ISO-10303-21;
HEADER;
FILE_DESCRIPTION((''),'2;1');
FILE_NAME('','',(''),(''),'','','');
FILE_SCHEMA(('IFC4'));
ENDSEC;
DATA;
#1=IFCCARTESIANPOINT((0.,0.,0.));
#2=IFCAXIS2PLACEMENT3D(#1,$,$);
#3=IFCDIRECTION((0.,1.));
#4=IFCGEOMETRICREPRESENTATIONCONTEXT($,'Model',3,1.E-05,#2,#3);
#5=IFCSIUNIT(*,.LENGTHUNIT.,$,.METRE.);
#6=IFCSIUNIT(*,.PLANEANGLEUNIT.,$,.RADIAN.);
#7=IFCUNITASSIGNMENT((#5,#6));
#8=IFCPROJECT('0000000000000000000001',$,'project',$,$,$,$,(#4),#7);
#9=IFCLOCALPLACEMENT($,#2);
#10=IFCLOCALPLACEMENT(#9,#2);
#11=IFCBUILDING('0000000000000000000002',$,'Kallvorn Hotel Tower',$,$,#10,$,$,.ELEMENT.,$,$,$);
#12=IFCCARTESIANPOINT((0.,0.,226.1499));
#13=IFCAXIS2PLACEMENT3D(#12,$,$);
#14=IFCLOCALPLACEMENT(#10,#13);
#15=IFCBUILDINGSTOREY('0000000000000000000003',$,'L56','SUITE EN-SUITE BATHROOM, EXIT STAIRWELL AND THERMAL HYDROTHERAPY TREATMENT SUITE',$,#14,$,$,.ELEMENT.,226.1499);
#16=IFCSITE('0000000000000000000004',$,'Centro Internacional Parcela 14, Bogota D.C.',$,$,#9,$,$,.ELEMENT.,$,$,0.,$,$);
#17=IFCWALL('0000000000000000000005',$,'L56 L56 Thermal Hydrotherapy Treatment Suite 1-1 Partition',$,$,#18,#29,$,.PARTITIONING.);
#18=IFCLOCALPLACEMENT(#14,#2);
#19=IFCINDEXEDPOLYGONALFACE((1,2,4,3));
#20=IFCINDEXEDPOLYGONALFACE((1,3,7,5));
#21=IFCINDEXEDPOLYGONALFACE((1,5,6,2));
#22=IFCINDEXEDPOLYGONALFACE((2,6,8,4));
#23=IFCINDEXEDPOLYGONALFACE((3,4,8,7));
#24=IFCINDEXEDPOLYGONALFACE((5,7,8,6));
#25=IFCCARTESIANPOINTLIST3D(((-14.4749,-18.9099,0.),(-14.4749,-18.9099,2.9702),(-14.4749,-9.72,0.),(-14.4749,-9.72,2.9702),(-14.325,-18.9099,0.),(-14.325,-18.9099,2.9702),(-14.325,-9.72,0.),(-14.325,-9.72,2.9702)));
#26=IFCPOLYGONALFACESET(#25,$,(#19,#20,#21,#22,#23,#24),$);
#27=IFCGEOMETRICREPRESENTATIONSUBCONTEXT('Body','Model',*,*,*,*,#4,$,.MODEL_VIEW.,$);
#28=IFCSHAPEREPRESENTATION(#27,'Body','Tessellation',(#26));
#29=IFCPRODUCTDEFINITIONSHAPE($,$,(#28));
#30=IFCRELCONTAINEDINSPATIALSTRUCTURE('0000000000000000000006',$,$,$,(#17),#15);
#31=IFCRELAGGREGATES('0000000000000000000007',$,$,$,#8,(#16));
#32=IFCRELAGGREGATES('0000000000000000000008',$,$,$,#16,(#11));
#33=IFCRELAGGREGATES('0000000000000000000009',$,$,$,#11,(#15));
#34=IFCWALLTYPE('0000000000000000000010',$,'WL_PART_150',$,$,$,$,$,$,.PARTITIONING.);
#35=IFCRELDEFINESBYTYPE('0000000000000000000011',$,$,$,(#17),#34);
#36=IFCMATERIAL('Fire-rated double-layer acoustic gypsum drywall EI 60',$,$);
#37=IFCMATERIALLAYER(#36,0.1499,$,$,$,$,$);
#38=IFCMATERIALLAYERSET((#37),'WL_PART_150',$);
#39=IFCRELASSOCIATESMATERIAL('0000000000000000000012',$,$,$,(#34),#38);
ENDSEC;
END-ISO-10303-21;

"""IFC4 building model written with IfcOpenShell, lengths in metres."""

from ifc_helpers import new_model, si_unit, direction, frame, frame_2d, origin, place, context, subcontext, project, spatial, rectangle, extrude, material, layer, layer_set, type_object, element, save


model = new_model("IFC4")

# Units and contexts
model_context = context("Model", 3, precision=1e-05, world=origin(), true_north=direction((0.0, 1.0)))
body_context = subcontext(model_context, "Body", "Model", "MODEL_VIEW")
ifc_project = project(units=[si_unit("LENGTHUNIT", "METRE"), si_unit("PLANEANGLEUNIT", "RADIAN")], contexts=[model_context])

# Site, building, storey
site_placement = place(None, origin())
site = spatial("IfcSite", under=ifc_project, at=site_placement, Name="Centro Internacional Parcela 14, Bogota D.C.", CompositionType="ELEMENT", RefElevation=0.0)
building_placement = place(site_placement, origin())
building = spatial("IfcBuilding", under=site, at=building_placement, Name="Kallvorn Hotel Tower", CompositionType="ELEMENT")
storey_placement = place(building_placement, frame((0.0, 0.0, 226.1499)))
storey = spatial("IfcBuildingStorey", under=building, at=storey_placement, Name="L56", Description="SUITE EN-SUITE BATHROOM, EXIT STAIRWELL AND THERMAL HYDROTHERAPY TREATMENT SUITE", CompositionType="ELEMENT", Elevation=226.1499)

# Shared definitions
ifc_material_1 = material(Name="Fire-rated double-layer acoustic gypsum drywall EI 60")
ifc_layer_1 = layer(ifc_material_1, 0.1499)
ifc_layer_set_1 = layer_set([ifc_layer_1], Name="WL_PART_150")
wall_type_1 = type_object("IfcWallType", Name="WL_PART_150", PredefinedType="PARTITIONING", material=ifc_layer_set_1)

# Wall
for number, where, z_axis, x_axis, name in (
    (1, (-14.3999, -18.9099, 0.0), (0.0, 0.0, 1.0), (0.0, 1.0, 0.0), "L56 L56 Thermal Hydrotherapy Treatment Suite 1-1 Partition"),
):
    element("IfcWall", number, at=place(storey_placement, frame(where, z_axis=z_axis, x_axis=x_axis)), inside=storey, type_object=wall_type_1, Name=name, PredefinedType="PARTITIONING", context=body_context, shape_type="SweptSolid", body=[
        extrude(rectangle(XDim=9.1899, YDim=0.1499, at=frame_2d((4.595, 0.0))), origin(), (0.0, 0.0, 1.0), 2.9702),
    ])

save(model, "model.ifc")
